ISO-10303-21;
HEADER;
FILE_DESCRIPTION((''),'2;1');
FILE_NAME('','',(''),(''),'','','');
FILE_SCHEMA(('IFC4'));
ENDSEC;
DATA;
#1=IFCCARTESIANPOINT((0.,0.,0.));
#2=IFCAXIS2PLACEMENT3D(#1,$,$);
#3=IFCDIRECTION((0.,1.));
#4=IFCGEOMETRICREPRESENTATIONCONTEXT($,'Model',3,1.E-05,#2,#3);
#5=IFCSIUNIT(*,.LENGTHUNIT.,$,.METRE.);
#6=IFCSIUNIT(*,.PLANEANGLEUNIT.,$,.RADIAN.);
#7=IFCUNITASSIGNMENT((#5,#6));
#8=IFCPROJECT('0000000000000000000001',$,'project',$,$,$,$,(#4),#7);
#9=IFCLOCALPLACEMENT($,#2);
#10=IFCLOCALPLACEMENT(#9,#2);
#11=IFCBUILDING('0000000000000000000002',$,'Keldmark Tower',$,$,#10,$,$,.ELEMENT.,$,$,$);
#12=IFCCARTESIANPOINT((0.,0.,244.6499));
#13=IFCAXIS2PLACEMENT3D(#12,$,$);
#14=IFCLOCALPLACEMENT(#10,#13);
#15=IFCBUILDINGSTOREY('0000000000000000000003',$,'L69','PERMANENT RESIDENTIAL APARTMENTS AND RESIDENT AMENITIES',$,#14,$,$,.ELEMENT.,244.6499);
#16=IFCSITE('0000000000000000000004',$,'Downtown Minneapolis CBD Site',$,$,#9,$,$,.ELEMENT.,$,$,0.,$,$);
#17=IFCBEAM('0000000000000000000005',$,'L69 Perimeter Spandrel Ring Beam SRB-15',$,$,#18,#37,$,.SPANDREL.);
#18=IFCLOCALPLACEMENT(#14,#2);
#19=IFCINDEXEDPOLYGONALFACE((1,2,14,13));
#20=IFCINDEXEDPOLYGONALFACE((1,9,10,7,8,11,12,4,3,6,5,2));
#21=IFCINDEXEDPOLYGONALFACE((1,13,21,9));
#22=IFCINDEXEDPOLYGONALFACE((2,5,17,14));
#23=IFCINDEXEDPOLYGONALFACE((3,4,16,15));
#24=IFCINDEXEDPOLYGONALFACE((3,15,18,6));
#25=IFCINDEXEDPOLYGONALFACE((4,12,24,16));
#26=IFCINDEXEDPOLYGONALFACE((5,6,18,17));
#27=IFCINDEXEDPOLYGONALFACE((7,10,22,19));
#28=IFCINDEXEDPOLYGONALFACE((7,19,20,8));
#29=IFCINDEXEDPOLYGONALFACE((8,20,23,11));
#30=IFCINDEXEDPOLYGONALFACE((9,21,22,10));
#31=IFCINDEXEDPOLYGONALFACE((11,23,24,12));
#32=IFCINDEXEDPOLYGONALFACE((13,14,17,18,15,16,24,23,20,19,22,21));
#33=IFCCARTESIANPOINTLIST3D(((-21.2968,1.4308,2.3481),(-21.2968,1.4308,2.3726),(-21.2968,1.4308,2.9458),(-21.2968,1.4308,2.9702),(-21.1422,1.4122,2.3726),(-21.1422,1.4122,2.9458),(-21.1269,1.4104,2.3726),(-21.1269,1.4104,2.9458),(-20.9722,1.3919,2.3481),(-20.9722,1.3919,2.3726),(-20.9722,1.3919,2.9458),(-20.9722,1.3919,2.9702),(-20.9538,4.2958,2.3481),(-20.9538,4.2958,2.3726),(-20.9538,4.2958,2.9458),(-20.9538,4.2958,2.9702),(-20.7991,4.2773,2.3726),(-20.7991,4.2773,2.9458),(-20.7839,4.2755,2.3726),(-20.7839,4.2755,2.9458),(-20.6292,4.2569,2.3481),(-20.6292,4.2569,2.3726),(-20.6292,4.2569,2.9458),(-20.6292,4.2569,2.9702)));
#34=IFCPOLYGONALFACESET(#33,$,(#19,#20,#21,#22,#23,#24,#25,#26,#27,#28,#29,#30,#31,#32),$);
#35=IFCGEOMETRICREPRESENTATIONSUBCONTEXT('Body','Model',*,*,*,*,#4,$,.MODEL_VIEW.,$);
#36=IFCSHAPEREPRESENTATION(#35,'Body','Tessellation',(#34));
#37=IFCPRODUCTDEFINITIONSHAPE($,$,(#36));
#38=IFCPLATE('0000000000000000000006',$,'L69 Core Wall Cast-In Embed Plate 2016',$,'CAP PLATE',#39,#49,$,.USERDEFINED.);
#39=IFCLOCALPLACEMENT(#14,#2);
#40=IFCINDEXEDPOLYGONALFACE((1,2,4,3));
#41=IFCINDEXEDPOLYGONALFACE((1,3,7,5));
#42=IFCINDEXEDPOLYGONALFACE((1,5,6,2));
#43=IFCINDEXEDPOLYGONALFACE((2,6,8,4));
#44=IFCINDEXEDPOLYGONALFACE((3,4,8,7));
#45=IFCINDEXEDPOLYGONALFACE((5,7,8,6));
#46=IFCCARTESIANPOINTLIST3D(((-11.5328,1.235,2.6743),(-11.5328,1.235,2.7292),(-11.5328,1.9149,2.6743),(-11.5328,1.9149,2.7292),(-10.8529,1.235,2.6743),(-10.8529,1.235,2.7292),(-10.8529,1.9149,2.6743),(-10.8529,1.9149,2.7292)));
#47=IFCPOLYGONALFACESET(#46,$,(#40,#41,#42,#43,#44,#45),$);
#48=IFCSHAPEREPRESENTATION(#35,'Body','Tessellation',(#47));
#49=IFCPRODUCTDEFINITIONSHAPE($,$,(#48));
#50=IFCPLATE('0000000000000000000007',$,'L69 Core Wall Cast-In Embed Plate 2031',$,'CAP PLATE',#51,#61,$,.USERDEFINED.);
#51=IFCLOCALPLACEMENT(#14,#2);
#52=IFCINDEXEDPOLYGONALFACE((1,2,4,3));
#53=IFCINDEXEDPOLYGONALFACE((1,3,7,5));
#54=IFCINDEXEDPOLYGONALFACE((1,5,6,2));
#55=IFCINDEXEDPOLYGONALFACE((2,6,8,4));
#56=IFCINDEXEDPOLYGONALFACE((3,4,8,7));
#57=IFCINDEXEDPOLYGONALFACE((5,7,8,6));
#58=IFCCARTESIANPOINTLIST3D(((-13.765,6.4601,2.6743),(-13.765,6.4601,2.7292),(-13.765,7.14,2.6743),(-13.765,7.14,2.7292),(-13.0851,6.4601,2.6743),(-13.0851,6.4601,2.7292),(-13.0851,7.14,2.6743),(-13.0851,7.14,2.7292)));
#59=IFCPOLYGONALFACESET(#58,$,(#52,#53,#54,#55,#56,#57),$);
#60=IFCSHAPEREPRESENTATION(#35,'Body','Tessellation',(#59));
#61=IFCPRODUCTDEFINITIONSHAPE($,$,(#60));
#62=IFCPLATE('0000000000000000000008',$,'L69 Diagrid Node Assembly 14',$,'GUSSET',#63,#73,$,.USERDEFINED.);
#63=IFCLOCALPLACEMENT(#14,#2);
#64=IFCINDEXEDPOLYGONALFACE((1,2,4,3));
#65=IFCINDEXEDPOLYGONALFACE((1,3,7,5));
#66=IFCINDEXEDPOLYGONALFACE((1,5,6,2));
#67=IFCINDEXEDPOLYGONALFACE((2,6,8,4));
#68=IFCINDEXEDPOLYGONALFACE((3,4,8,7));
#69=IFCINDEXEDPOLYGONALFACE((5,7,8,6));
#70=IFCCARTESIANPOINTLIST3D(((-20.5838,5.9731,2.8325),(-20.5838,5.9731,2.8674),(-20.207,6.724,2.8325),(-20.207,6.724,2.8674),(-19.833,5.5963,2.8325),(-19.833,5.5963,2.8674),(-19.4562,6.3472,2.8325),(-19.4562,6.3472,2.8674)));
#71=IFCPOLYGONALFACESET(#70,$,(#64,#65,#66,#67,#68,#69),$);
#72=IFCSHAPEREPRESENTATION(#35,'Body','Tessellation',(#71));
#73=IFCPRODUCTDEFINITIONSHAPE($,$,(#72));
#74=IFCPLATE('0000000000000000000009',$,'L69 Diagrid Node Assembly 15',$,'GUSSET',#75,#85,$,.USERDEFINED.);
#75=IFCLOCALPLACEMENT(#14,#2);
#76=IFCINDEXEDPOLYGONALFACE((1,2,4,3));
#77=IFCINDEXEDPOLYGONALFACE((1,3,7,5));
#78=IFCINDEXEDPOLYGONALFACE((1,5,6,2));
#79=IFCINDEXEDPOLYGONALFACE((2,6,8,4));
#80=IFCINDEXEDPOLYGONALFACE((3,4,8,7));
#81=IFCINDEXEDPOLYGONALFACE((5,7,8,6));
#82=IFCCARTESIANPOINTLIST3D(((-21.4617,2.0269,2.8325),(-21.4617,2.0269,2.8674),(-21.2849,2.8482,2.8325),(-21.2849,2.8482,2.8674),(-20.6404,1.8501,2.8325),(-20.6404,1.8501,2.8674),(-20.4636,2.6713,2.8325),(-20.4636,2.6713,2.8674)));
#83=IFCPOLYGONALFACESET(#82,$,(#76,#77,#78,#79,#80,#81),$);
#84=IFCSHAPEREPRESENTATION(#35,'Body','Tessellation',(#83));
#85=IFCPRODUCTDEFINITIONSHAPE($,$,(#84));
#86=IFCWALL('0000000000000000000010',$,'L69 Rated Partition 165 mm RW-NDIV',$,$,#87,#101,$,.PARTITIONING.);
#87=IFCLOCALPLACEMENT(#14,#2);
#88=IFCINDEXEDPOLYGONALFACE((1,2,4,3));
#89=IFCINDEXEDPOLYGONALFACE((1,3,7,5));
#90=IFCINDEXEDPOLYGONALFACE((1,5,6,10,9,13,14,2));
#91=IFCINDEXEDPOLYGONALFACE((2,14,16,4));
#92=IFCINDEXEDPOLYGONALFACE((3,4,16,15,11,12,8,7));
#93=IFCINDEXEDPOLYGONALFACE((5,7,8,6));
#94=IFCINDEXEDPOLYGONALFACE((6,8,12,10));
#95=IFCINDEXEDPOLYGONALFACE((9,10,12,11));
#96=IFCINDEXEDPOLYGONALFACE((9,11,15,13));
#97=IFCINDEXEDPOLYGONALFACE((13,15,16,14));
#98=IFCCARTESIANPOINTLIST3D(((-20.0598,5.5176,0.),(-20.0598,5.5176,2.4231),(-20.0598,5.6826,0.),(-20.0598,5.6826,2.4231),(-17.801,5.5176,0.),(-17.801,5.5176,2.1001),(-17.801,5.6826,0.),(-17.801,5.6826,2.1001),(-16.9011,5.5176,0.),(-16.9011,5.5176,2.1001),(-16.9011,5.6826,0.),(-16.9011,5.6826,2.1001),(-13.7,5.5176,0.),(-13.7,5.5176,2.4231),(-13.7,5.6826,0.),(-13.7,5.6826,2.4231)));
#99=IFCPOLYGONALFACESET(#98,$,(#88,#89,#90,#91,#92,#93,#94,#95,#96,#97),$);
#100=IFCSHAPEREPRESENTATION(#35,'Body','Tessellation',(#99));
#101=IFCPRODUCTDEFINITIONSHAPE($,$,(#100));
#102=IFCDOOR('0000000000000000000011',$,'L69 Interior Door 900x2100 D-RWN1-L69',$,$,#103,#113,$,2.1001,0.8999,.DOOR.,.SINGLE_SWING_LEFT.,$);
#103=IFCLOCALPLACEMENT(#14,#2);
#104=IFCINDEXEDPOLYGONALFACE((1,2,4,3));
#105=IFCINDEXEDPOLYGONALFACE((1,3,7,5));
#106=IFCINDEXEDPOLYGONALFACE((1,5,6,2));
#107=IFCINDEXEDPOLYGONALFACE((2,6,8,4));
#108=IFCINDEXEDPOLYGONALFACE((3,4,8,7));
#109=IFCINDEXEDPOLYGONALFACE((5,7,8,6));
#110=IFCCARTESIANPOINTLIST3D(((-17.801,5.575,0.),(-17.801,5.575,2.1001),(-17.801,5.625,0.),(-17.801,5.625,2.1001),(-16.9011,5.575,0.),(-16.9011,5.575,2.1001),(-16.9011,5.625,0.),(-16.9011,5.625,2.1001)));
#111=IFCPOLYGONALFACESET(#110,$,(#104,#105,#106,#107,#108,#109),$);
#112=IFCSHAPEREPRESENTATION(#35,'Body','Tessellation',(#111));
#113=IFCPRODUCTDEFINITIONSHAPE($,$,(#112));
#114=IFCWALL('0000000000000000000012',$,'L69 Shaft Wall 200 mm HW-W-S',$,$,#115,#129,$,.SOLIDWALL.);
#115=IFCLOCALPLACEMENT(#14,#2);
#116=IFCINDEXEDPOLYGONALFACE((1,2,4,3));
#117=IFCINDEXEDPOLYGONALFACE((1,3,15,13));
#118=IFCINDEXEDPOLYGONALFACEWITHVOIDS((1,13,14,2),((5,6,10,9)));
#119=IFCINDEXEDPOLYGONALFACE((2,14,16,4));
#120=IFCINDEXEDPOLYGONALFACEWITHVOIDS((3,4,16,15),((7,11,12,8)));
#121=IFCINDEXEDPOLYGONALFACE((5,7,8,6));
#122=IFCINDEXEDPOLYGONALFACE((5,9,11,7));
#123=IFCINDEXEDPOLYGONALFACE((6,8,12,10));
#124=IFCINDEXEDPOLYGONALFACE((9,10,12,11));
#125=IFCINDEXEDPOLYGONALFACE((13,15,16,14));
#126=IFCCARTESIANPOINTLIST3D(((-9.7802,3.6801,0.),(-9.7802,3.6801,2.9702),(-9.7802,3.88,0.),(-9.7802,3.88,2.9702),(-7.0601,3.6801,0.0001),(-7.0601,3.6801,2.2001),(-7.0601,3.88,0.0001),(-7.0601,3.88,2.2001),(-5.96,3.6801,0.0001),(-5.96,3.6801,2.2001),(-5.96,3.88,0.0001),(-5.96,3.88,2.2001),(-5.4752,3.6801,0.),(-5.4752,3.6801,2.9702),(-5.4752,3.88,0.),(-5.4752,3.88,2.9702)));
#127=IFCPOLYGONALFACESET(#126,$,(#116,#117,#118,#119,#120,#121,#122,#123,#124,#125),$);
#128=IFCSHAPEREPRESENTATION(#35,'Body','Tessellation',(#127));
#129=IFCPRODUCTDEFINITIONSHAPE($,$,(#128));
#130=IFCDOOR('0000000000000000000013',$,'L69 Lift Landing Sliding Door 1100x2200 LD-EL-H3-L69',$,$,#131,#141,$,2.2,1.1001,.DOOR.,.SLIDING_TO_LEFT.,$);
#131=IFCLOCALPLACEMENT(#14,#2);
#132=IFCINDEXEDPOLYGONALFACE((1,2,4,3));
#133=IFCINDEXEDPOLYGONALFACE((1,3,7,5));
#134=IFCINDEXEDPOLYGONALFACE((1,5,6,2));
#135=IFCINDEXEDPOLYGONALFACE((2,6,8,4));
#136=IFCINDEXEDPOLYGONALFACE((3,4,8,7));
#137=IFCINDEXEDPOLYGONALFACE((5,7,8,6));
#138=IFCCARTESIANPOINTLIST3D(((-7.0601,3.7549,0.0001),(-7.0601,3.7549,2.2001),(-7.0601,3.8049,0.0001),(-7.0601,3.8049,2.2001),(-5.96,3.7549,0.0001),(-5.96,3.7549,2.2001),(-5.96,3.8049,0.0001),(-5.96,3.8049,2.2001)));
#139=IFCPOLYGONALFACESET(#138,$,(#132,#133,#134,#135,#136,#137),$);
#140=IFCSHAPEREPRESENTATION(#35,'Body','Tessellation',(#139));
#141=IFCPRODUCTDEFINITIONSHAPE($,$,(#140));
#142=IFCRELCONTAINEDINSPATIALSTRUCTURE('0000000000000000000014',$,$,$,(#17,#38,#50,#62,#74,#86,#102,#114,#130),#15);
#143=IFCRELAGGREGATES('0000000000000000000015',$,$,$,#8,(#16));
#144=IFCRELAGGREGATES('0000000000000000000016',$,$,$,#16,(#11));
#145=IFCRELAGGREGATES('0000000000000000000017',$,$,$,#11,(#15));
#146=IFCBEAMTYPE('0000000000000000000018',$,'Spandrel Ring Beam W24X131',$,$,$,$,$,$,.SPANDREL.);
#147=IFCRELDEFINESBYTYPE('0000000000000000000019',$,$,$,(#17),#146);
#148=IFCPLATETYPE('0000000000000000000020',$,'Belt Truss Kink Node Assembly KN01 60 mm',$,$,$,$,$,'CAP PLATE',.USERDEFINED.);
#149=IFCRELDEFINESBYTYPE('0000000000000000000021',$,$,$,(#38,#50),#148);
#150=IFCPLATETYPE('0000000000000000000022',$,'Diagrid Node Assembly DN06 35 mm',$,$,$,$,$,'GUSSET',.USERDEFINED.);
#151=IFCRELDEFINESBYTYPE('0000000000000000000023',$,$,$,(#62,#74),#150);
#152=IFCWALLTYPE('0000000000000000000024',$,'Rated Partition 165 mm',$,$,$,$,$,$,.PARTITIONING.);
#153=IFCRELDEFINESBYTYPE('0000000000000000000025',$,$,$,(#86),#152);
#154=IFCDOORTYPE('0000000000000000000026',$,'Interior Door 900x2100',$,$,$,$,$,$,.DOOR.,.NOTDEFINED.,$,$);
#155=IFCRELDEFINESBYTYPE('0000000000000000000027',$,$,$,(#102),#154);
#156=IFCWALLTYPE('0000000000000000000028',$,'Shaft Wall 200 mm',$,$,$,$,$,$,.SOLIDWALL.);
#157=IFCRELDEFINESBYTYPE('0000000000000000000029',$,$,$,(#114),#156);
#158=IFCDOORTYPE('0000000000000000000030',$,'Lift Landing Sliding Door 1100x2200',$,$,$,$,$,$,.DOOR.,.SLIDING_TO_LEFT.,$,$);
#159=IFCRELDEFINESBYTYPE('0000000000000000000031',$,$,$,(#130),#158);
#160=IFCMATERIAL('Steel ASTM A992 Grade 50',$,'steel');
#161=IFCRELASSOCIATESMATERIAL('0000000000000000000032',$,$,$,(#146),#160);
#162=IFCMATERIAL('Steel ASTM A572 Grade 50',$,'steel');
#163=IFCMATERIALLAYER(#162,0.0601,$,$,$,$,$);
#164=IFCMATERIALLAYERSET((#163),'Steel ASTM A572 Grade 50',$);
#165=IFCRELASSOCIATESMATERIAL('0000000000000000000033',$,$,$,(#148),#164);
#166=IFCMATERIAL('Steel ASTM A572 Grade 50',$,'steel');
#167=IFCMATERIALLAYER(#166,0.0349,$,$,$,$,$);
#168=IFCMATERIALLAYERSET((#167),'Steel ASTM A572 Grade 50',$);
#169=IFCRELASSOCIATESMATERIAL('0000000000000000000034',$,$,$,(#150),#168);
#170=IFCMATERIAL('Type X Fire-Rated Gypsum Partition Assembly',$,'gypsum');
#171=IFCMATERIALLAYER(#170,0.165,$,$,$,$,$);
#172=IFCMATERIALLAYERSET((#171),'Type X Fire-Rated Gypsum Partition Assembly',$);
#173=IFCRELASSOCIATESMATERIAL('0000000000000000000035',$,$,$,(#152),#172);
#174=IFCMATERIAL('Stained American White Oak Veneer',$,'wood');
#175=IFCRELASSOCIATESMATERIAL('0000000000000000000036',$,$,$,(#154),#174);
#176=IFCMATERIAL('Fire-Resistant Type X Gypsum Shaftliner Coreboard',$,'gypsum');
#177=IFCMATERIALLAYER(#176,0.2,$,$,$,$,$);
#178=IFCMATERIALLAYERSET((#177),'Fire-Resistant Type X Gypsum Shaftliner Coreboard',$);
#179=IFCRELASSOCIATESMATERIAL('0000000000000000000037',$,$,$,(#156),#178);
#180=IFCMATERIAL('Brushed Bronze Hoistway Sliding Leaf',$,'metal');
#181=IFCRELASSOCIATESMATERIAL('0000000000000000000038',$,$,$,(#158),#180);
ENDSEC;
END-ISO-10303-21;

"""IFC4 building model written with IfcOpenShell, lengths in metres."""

from ifc_helpers import new_model, si_unit, direction, frame, frame_2d, origin, origin_2d, place, context, subcontext, project, spatial, rectangle, i_section, extrude, material, layer, layer_set, material_profile, profile_set, type_object, element, fill, save


model = new_model("IFC4")

# Units and contexts
model_context = context("Model", 3, precision=1e-05, world=origin(), true_north=direction((0.0, 1.0)))
body_context = subcontext(model_context, "Body", "Model", "MODEL_VIEW")
ifc_project = project(units=[si_unit("LENGTHUNIT", "METRE"), si_unit("PLANEANGLEUNIT", "RADIAN")], contexts=[model_context])

# Site, building, storey
site_placement = place(None, origin())
site = spatial("IfcSite", under=ifc_project, at=site_placement, Name="Downtown Minneapolis CBD Site", CompositionType="ELEMENT", RefElevation=0.0)
building_placement = place(site_placement, origin())
building = spatial("IfcBuilding", under=site, at=building_placement, Name="Keldmark Tower", CompositionType="ELEMENT")
storey_placement = place(building_placement, frame((0.0, 0.0, 244.6499)))
storey = spatial("IfcBuildingStorey", under=building, at=storey_placement, Name="L69", Description="PERMANENT RESIDENTIAL APARTMENTS AND RESIDENT AMENITIES", CompositionType="ELEMENT", Elevation=244.6499)

# Beam
ifc_material_1 = material(Name="Steel ASTM A992 Grade 50", Category="steel")
ifc_material_profile_1 = material_profile(ifc_material_1, i_section(OverallWidth=0.3269, OverallDepth=0.6221, WebThickness=0.0154, FlangeThickness=0.0244, at=origin_2d()), Name="W24X131")
ifc_profile_set_1 = profile_set([ifc_material_profile_1], Name="Steel ASTM A992 Grade 50")
beam_type_1 = type_object("IfcBeamType", Name="Spandrel Ring Beam W24X131", PredefinedType="SPANDREL", material=ifc_profile_set_1)
beam_1_placement = place(storey_placement, frame((-20.7915, 4.2764, 2.6592), z_axis=(-0.118878, -0.992909, 0.0), x_axis=(0.992909, -0.118878, 0.0)))
element("IfcBeam", 1, at=beam_1_placement, inside=storey, type_object=beam_type_1, Name="L69 Perimeter Spandrel Ring Beam SRB-15", PredefinedType="SPANDREL", context=body_context, shape_type="SweptSolid", body=[
    extrude(i_section(OverallWidth=0.3269, OverallDepth=0.6221, WebThickness=0.0154, FlangeThickness=0.0244, at=origin_2d()), origin(), (0.0, 0.0, 1.0), 2.8855),
])

# Plates
ifc_material_2 = material(Name="Steel ASTM A572 Grade 50", Category="steel")
ifc_layer_1 = layer(ifc_material_2, 0.0601)
ifc_layer_set_1 = layer_set([ifc_layer_1], Name="Steel ASTM A572 Grade 50")
plate_type_1 = type_object("IfcPlateType", Name="Belt Truss Kink Node Assembly KN01 60 mm", ElementType="CAP PLATE", PredefinedType="USERDEFINED", material=ifc_layer_set_1)
for number, where, z_axis, x_axis, name in (
    (2, (-11.1929, 1.575, 2.6743), (0.0, 0.0, 1.0), (1.0, 0.0, 0.0), "L69 Core Wall Cast-In Embed Plate 2016"),
    (3, (-13.425, 6.8, 2.6743), (0.0, 0.0, 1.0), (1.0, 0.0, 0.0), "L69 Core Wall Cast-In Embed Plate 2031"),
):
    element("IfcPlate", number, at=place(storey_placement, frame(where, z_axis=z_axis, x_axis=x_axis)), inside=storey, type_object=plate_type_1, Name=name, ObjectType="CAP PLATE", PredefinedType="USERDEFINED", context=body_context, shape_type="SweptSolid", body=[
        extrude(rectangle(XDim=0.6799, YDim=0.6799, at=origin_2d()), origin(), (0.0, 0.0, 1.0), 0.0549),
    ])
ifc_material_3 = material(Name="Steel ASTM A572 Grade 50", Category="steel")
ifc_layer_2 = layer(ifc_material_3, 0.0349)
ifc_layer_set_2 = layer_set([ifc_layer_2], Name="Steel ASTM A572 Grade 50")
plate_type_2 = type_object("IfcPlateType", Name="Diagrid Node Assembly DN06 35 mm", ElementType="GUSSET", PredefinedType="USERDEFINED", material=ifc_layer_set_2)
for number, where, z_axis, x_axis, name in (
    (4, (-20.02, 6.1602, 2.8325), (0.0, 0.0, 1.0), (-0.448539, -0.893763, 0.0), "L69 Diagrid Node Assembly 14"),
    (5, (-20.9626, 2.3491, 2.8325), (0.0, 0.0, 1.0), (-0.210472, -0.9776, 0.0), "L69 Diagrid Node Assembly 15"),
):
    element("IfcPlate", number, at=place(storey_placement, frame(where, z_axis=z_axis, x_axis=x_axis)), inside=storey, type_object=plate_type_2, Name=name, ObjectType="GUSSET", PredefinedType="USERDEFINED", context=body_context, shape_type="SweptSolid", body=[
        extrude(rectangle(XDim=0.8401, YDim=0.8401, at=origin_2d()), origin(), (0.0, 0.0, 1.0), 0.0349),
    ])

# Walls, openings, doors
ifc_material_4 = material(Name="Type X Fire-Rated Gypsum Partition Assembly", Category="gypsum")
ifc_layer_3 = layer(ifc_material_4, 0.165)
ifc_layer_set_3 = layer_set([ifc_layer_3], Name="Type X Fire-Rated Gypsum Partition Assembly")
wall_type_1 = type_object("IfcWallType", Name="Rated Partition 165 mm", PredefinedType="PARTITIONING", material=ifc_layer_set_3)
wall_1_placement = place(storey_placement, frame((-20.0598, 5.6001, 0.0), z_axis=(0.0, 0.0, 1.0), x_axis=(1.0, 0.0, 0.0)))
wall_1 = element("IfcWall", 6, at=wall_1_placement, inside=storey, type_object=wall_type_1, Name="L69 Rated Partition 165 mm RW-NDIV", PredefinedType="PARTITIONING", context=body_context, shape_type="SweptSolid", body=[
    extrude(rectangle(XDim=6.3599, YDim=0.165, at=frame_2d((3.1799, 0.0))), origin(), (0.0, 0.0, 1.0), 2.4231),
])
opening_1_placement = place(wall_1_placement, frame((2.2588, 0.0, 0.0)))
opening_1 = element("IfcOpeningElement", 7, at=opening_1_placement, cuts=wall_1, PredefinedType="OPENING", context=body_context, shape_type="SweptSolid", body=[
    extrude(rectangle(XDim=0.8999, YDim=2.1001, at=frame_2d((0.45, 1.05))), frame((0.0, 0.0925, 0.0), z_axis=(0.0, -1.0, 0.0), x_axis=(1.0, 0.0, 0.0)), (0.0, 0.0, 1.0), 0.1851),
])
ifc_material_5 = material(Name="Stained American White Oak Veneer", Category="wood")
door_type_1 = type_object("IfcDoorType", Name="Interior Door 900x2100", OperationType="NOTDEFINED", PredefinedType="DOOR", material=ifc_material_5)
door_1_placement = place(opening_1_placement, origin())
door_1 = element("IfcDoor", 8, at=door_1_placement, inside=storey, type_object=door_type_1, Name="L69 Interior Door 900x2100 D-RWN1-L69", OperationType="SINGLE_SWING_LEFT", OverallHeight=2.1001, OverallWidth=0.8999, PredefinedType="DOOR", context=body_context, shape_type="SweptSolid", body=[
    extrude(rectangle(XDim=0.8999, YDim=2.1001, at=frame_2d((0.45, 1.05))), frame((0.0, 0.0249, 0.0), z_axis=(0.0, -1.0, 0.0), x_axis=(1.0, 0.0, 0.0)), (0.0, 0.0, 1.0), 0.05),
])
fill(opening_1, door_1)
ifc_material_6 = material(Name="Fire-Resistant Type X Gypsum Shaftliner Coreboard", Category="gypsum")
ifc_layer_4 = layer(ifc_material_6, 0.2)
ifc_layer_set_4 = layer_set([ifc_layer_4], Name="Fire-Resistant Type X Gypsum Shaftliner Coreboard")
wall_type_2 = type_object("IfcWallType", Name="Shaft Wall 200 mm", PredefinedType="SOLIDWALL", material=ifc_layer_set_4)
wall_2_placement = place(storey_placement, frame((-9.78, 3.78, 0.0), z_axis=(0.0, 0.0, 1.0), x_axis=(1.0, 0.0, 0.0)))
wall_2 = element("IfcWall", 9, at=wall_2_placement, inside=storey, type_object=wall_type_2, Name="L69 Shaft Wall 200 mm HW-W-S", PredefinedType="SOLIDWALL", context=body_context, shape_type="SweptSolid", body=[
    extrude(rectangle(XDim=4.3049, YDim=0.2, at=frame_2d((2.1523, 0.0))), origin(), (0.0, 0.0, 1.0), 2.9702),
])
opening_2_placement = place(wall_2_placement, frame((2.72, 0.0, 0.0)))
opening_2 = element("IfcOpeningElement", 10, at=opening_2_placement, cuts=wall_2, PredefinedType="OPENING", context=body_context, shape_type="SweptSolid", body=[
    extrude(rectangle(XDim=1.1001, YDim=2.2, at=frame_2d((0.55, 1.1001))), frame((0.0, 0.1099, 0.0), z_axis=(0.0, -1.0, 0.0), x_axis=(1.0, 0.0, 0.0)), (0.0, 0.0, 1.0), 0.22),
])
ifc_material_7 = material(Name="Brushed Bronze Hoistway Sliding Leaf", Category="metal")
door_type_2 = type_object("IfcDoorType", Name="Lift Landing Sliding Door 1100x2200", OperationType="SLIDING_TO_LEFT", PredefinedType="DOOR", material=ifc_material_7)
door_2_placement = place(opening_2_placement, origin())
door_2 = element("IfcDoor", 11, at=door_2_placement, inside=storey, type_object=door_type_2, Name="L69 Lift Landing Sliding Door 1100x2200 LD-EL-H3-L69", OperationType="SLIDING_TO_LEFT", OverallHeight=2.2, OverallWidth=1.1001, PredefinedType="DOOR", context=body_context, shape_type="SweptSolid", body=[
    extrude(rectangle(XDim=1.1001, YDim=2.2, at=frame_2d((0.55, 1.1001))), frame((0.0, 0.0249, 0.0), z_axis=(0.0, -1.0, 0.0), x_axis=(1.0, 0.0, 0.0)), (0.0, 0.0, 1.0), 0.05),
])
fill(opening_2, door_2)

save(model, "model.ifc")
